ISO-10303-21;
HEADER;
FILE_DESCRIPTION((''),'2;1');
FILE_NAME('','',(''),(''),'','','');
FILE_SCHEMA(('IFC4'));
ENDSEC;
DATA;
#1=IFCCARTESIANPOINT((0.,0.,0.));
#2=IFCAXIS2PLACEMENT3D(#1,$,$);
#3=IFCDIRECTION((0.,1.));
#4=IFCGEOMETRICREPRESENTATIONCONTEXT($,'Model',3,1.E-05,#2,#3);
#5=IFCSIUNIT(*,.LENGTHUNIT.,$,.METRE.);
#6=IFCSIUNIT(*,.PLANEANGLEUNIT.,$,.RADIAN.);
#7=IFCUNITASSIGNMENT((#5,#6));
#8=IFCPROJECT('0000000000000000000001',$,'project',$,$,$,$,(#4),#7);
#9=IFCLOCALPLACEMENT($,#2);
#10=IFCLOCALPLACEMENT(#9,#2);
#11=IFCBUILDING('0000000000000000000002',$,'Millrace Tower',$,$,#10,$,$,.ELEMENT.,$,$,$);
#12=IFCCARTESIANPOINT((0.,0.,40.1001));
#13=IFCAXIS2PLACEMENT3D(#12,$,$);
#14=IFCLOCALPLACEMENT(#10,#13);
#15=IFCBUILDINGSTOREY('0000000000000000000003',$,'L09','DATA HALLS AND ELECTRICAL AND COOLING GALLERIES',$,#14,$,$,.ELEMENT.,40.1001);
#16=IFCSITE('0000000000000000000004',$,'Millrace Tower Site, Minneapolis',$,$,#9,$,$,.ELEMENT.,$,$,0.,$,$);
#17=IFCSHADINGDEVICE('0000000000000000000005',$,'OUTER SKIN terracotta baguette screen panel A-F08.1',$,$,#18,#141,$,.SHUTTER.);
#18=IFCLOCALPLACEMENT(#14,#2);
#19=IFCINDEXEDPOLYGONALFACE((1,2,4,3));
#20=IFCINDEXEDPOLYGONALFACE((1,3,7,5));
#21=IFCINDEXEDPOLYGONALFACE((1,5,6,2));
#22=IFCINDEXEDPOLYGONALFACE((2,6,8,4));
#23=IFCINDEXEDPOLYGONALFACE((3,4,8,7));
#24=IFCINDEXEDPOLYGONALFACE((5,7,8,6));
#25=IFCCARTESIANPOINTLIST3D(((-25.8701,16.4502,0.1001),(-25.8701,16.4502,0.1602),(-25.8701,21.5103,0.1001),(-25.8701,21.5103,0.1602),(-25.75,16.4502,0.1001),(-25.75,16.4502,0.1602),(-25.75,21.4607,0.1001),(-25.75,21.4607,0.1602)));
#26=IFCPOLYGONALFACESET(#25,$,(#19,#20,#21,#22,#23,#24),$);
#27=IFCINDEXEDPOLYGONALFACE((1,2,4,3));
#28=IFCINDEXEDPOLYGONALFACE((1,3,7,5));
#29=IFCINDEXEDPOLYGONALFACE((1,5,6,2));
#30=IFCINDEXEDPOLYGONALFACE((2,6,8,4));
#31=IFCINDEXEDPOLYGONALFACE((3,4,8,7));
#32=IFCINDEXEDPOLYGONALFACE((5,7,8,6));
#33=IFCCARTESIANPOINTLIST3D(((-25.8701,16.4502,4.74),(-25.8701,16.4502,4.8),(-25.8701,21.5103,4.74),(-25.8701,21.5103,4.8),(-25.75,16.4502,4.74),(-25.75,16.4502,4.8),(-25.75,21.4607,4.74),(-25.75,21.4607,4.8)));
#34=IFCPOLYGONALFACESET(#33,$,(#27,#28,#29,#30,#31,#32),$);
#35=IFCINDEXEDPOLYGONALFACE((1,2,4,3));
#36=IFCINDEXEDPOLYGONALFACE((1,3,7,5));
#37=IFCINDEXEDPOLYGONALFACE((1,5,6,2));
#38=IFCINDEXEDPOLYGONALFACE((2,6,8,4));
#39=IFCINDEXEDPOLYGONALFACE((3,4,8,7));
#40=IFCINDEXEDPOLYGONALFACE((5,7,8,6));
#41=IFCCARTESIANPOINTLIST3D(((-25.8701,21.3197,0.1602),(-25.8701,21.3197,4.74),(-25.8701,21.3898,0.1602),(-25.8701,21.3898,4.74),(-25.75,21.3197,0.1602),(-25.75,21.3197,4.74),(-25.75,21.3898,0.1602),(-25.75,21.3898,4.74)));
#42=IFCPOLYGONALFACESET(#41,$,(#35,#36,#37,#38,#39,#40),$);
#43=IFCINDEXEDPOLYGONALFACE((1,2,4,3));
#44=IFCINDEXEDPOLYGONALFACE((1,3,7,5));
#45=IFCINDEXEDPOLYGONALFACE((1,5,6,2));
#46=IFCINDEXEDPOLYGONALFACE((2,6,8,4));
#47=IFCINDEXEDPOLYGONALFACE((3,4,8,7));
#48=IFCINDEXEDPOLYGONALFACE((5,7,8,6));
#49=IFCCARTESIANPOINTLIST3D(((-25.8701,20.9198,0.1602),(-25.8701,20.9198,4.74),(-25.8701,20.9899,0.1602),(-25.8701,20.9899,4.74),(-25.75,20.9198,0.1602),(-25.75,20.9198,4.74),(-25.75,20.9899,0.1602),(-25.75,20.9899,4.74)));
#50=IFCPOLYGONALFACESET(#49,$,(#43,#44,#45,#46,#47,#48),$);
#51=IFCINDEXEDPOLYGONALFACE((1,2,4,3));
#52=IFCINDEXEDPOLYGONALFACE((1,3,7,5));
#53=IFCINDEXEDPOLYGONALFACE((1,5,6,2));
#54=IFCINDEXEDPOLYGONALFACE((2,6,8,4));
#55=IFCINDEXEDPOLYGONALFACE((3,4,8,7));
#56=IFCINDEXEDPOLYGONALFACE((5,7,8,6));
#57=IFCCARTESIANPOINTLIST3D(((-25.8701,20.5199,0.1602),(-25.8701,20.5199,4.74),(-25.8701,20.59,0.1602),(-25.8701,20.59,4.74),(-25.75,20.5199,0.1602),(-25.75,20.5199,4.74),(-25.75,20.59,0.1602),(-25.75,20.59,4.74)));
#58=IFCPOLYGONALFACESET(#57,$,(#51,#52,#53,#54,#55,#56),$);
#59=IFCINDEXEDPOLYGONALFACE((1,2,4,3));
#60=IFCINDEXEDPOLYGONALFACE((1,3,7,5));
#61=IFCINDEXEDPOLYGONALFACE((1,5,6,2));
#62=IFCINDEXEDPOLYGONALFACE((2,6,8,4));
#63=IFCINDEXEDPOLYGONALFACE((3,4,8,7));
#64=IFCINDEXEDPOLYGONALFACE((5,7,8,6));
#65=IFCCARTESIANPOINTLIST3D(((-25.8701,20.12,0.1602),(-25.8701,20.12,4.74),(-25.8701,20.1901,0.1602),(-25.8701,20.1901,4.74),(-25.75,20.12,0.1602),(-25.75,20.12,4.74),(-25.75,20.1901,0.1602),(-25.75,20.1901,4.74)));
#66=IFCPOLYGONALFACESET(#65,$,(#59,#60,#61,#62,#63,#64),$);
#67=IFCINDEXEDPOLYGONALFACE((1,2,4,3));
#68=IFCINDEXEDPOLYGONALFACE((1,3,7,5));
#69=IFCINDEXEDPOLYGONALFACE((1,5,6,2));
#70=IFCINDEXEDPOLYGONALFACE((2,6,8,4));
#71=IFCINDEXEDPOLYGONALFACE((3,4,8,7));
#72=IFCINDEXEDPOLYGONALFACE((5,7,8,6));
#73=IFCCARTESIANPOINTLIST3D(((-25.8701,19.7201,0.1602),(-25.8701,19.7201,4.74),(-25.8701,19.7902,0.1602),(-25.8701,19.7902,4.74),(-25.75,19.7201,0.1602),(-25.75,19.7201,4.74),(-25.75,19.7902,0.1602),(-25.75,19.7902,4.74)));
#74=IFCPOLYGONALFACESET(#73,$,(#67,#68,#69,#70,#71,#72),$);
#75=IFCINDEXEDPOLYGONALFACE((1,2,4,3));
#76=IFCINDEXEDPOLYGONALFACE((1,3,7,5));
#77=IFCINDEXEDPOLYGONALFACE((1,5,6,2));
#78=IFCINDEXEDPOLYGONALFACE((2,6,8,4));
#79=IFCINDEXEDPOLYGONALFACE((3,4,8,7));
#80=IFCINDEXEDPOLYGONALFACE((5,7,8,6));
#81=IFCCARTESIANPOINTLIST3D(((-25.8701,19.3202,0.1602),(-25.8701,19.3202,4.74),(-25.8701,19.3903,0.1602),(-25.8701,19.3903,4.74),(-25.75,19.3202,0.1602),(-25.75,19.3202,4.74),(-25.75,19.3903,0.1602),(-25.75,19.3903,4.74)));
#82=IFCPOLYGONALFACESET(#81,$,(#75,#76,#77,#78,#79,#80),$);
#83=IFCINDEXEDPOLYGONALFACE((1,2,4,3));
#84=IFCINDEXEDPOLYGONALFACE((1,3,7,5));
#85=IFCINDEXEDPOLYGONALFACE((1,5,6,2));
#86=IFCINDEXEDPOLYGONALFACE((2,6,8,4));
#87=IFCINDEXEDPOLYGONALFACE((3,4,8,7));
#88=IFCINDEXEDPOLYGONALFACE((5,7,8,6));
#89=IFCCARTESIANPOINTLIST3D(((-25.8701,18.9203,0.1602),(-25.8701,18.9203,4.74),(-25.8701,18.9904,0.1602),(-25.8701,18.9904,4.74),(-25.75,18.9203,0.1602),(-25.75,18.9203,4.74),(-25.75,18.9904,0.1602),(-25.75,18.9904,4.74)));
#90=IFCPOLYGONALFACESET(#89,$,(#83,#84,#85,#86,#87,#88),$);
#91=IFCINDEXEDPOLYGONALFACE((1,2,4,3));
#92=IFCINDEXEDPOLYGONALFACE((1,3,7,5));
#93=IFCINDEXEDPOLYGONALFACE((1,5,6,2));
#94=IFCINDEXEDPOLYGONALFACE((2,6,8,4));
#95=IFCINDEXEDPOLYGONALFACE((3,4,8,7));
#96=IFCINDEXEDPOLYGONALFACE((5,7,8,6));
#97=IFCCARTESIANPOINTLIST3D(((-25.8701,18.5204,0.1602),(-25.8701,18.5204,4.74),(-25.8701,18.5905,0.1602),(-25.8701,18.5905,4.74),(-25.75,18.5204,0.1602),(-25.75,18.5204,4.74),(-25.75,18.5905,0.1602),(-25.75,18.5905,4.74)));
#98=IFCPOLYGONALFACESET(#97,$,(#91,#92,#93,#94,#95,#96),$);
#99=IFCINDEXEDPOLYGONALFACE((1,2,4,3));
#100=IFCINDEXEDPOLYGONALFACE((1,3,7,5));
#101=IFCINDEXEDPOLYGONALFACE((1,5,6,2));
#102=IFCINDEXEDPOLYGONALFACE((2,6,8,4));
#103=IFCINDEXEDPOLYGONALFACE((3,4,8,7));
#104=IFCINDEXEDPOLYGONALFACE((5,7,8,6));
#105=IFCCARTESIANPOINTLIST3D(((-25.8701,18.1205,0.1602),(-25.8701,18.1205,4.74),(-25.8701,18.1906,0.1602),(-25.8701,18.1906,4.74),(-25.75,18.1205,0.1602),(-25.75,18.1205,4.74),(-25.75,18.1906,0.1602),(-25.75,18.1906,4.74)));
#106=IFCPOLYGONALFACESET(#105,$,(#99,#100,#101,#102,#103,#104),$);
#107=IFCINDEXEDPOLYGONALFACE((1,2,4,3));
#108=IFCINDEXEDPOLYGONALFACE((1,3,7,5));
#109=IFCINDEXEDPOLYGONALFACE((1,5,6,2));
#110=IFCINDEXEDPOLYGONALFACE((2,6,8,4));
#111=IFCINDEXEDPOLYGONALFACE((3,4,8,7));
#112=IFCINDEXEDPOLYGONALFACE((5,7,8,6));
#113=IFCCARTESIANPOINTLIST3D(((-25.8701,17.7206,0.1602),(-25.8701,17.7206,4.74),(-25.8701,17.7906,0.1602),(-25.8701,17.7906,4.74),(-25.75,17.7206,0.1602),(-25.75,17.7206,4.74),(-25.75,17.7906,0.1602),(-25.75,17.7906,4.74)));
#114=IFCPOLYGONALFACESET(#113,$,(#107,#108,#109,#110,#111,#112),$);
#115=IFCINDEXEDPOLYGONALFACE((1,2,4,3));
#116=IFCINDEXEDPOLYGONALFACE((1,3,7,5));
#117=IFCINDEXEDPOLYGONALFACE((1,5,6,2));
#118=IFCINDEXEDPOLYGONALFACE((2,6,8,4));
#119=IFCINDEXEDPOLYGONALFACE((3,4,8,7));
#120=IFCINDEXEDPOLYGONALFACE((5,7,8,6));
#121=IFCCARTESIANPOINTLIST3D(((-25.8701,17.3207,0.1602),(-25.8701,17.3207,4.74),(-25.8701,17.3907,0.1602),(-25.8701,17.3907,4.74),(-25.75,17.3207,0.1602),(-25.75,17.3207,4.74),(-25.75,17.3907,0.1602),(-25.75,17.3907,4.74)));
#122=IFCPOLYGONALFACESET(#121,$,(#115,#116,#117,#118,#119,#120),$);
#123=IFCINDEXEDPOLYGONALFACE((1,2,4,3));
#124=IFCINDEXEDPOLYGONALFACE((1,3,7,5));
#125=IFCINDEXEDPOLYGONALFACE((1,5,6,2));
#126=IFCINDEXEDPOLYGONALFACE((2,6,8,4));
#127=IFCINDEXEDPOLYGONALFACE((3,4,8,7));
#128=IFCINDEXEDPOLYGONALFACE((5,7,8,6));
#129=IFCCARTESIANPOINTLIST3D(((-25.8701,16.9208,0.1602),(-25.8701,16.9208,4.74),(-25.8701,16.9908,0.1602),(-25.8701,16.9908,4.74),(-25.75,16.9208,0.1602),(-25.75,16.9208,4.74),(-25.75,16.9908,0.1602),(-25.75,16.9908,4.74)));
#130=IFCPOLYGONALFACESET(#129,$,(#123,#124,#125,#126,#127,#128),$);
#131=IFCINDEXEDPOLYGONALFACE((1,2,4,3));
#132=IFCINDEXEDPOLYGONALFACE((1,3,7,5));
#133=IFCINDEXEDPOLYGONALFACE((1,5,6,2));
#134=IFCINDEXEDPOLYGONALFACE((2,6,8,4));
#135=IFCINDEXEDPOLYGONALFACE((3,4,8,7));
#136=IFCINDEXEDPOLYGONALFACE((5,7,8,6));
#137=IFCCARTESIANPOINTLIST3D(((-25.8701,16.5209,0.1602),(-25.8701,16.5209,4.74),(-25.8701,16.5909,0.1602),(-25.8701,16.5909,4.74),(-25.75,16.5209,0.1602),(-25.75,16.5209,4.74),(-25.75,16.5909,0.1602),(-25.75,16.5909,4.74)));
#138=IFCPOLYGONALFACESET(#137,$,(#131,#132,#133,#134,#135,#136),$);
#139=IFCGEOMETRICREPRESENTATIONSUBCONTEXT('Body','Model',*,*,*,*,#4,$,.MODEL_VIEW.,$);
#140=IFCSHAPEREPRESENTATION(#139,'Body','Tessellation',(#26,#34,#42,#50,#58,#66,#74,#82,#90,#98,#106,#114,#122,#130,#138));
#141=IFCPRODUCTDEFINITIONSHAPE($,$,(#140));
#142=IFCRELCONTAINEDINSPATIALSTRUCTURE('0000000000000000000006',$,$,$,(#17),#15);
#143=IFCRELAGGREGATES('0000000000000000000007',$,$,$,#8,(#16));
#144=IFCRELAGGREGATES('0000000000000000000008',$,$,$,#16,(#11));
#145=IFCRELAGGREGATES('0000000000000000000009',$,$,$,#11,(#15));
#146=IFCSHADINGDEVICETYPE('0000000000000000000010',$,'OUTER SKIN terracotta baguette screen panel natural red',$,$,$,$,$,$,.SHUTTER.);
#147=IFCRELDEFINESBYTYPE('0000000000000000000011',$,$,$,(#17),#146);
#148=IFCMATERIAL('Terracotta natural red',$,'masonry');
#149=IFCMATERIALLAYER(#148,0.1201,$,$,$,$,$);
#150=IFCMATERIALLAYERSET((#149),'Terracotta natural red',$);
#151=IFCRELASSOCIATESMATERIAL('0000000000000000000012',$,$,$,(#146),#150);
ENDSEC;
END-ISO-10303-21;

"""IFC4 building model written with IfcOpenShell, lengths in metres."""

from ifc_helpers import new_model, entity, si_unit, direction, frame, frame_2d, origin, place, context, subcontext, project, spatial, rectangle, extrude, source, transform, mapped, material, layer, layer_set, type_object, element, save


model = new_model("IFC4")

# Units and contexts
model_context = context("Model", 3, precision=1e-05, world=origin(), true_north=direction((0.0, 1.0)))
body_context = subcontext(model_context, "Body", "Model", "MODEL_VIEW")
ifc_project = project(units=[si_unit("LENGTHUNIT", "METRE"), si_unit("PLANEANGLEUNIT", "RADIAN")], contexts=[model_context])

# Site, building, storey
site_placement = place(None, origin())
site = spatial("IfcSite", under=ifc_project, at=site_placement, Name="Millrace Tower Site, Minneapolis", CompositionType="ELEMENT", RefElevation=0.0)
building_placement = place(site_placement, origin())
building = spatial("IfcBuilding", under=site, at=building_placement, Name="Millrace Tower", CompositionType="ELEMENT")
storey_placement = place(building_placement, frame((0.0, 0.0, 40.1001)))
storey = spatial("IfcBuildingStorey", under=building, at=storey_placement, Name="L09", Description="DATA HALLS AND ELECTRICAL AND COOLING GALLERIES", CompositionType="ELEMENT", Elevation=40.1001)

# Shading device
ifc_material_1 = material(Name="Terracotta natural red", Category="masonry")
ifc_layer_1 = layer(ifc_material_1, 0.1201)
ifc_layer_set_1 = layer_set([ifc_layer_1], Name="Terracotta natural red")
shading_device_type_1 = type_object("IfcShadingDeviceType", Name="OUTER SKIN terracotta baguette screen panel natural red", PredefinedType="SHUTTER", material=ifc_layer_set_1)
cartesian_point_1 = entity("IfcCartesianPoint", [-2.4929, 0.0601])
shared_polyline_1 = entity("IfcPolyline", [cartesian_point_1, entity("IfcCartesianPoint", [2.5176, 0.0601]), entity("IfcCartesianPoint", [2.5176, -0.0601]), entity("IfcCartesianPoint", [-2.5425, -0.0601]), cartesian_point_1])
shared_shape_1 = source(origin(), body_context, "Body", "SweptSolid", [
    entity("IfcExtrudedAreaSolid", entity("IfcArbitraryClosedProfileDef", "AREA", None, shared_polyline_1), entity("IfcAxis2Placement3D", entity("IfcCartesianPoint", [0.0, 0.0, 0.0])), entity("IfcDirection", [0.0, 0.0, 1.0]), 0.0601),
    entity("IfcExtrudedAreaSolid", entity("IfcArbitraryClosedProfileDef", "AREA", None, shared_polyline_1), entity("IfcAxis2Placement3D", entity("IfcCartesianPoint", [0.0, 0.0, 4.6399])), entity("IfcDirection", [0.0, 0.0, 1.0]), 0.0601),
    extrude(rectangle(XDim=0.0701, YDim=0.1201, at=frame_2d((-2.387, 0.0))), frame((0.0, 0.0, 0.0601)), (0.0, 0.0, 1.0), 4.5798),
    extrude(rectangle(XDim=0.0701, YDim=0.1201, at=frame_2d((-1.9871, 0.0))), frame((0.0, 0.0, 0.0601)), (0.0, 0.0, 1.0), 4.5798),
    extrude(rectangle(XDim=0.0701, YDim=0.1201, at=frame_2d((-1.5872, 0.0))), frame((0.0, 0.0, 0.0601)), (0.0, 0.0, 1.0), 4.5798),
    extrude(rectangle(XDim=0.0701, YDim=0.1201, at=frame_2d((-1.1873, 0.0))), frame((0.0, 0.0, 0.0601)), (0.0, 0.0, 1.0), 4.5798),
    extrude(rectangle(XDim=0.0701, YDim=0.1201, at=frame_2d((-0.7874, 0.0))), frame((0.0, 0.0, 0.0601)), (0.0, 0.0, 1.0), 4.5798),
    extrude(rectangle(XDim=0.0701, YDim=0.1201, at=frame_2d((-0.3875, 0.0))), frame((0.0, 0.0, 0.0601)), (0.0, 0.0, 1.0), 4.5798),
    extrude(rectangle(XDim=0.0701, YDim=0.1201, at=frame_2d((0.0125, 0.0))), frame((0.0, 0.0, 0.0601)), (0.0, 0.0, 1.0), 4.5798),
    extrude(rectangle(XDim=0.0701, YDim=0.1201, at=frame_2d((0.4124, 0.0))), frame((0.0, 0.0, 0.0601)), (0.0, 0.0, 1.0), 4.5798),
    extrude(rectangle(XDim=0.0701, YDim=0.1201, at=frame_2d((0.8123, 0.0))), frame((0.0, 0.0, 0.0601)), (0.0, 0.0, 1.0), 4.5798),
    extrude(rectangle(XDim=0.0701, YDim=0.1201, at=frame_2d((1.2122, 0.0))), frame((0.0, 0.0, 0.0601)), (0.0, 0.0, 1.0), 4.5798),
    extrude(rectangle(XDim=0.0701, YDim=0.1201, at=frame_2d((1.6121, 0.0))), frame((0.0, 0.0, 0.0601)), (0.0, 0.0, 1.0), 4.5798),
    extrude(rectangle(XDim=0.0701, YDim=0.1201, at=frame_2d((2.012, 0.0))), frame((0.0, 0.0, 0.0601)), (0.0, 0.0, 1.0), 4.5798),
    extrude(rectangle(XDim=0.0701, YDim=0.1201, at=frame_2d((2.4119, 0.0))), frame((0.0, 0.0, 0.0601)), (0.0, 0.0, 1.0), 4.5798),
])
shading_device_1_placement = place(storey_placement, frame((-25.8101, 18.9678, 0.1001), z_axis=(0.0, 0.0, 1.0), x_axis=(0.0, -1.0, 0.0)))
element("IfcShadingDevice", 1, at=shading_device_1_placement, inside=storey, type_object=shading_device_type_1, Name="OUTER SKIN terracotta baguette screen panel A-F08.1", PredefinedType="SHUTTER", context=body_context, shape_type="MappedRepresentation", body=[
    mapped(shared_shape_1, transform((0.0, 0.0, 0.0), scale=1.0)),
])

save(model, "model.ifc")
